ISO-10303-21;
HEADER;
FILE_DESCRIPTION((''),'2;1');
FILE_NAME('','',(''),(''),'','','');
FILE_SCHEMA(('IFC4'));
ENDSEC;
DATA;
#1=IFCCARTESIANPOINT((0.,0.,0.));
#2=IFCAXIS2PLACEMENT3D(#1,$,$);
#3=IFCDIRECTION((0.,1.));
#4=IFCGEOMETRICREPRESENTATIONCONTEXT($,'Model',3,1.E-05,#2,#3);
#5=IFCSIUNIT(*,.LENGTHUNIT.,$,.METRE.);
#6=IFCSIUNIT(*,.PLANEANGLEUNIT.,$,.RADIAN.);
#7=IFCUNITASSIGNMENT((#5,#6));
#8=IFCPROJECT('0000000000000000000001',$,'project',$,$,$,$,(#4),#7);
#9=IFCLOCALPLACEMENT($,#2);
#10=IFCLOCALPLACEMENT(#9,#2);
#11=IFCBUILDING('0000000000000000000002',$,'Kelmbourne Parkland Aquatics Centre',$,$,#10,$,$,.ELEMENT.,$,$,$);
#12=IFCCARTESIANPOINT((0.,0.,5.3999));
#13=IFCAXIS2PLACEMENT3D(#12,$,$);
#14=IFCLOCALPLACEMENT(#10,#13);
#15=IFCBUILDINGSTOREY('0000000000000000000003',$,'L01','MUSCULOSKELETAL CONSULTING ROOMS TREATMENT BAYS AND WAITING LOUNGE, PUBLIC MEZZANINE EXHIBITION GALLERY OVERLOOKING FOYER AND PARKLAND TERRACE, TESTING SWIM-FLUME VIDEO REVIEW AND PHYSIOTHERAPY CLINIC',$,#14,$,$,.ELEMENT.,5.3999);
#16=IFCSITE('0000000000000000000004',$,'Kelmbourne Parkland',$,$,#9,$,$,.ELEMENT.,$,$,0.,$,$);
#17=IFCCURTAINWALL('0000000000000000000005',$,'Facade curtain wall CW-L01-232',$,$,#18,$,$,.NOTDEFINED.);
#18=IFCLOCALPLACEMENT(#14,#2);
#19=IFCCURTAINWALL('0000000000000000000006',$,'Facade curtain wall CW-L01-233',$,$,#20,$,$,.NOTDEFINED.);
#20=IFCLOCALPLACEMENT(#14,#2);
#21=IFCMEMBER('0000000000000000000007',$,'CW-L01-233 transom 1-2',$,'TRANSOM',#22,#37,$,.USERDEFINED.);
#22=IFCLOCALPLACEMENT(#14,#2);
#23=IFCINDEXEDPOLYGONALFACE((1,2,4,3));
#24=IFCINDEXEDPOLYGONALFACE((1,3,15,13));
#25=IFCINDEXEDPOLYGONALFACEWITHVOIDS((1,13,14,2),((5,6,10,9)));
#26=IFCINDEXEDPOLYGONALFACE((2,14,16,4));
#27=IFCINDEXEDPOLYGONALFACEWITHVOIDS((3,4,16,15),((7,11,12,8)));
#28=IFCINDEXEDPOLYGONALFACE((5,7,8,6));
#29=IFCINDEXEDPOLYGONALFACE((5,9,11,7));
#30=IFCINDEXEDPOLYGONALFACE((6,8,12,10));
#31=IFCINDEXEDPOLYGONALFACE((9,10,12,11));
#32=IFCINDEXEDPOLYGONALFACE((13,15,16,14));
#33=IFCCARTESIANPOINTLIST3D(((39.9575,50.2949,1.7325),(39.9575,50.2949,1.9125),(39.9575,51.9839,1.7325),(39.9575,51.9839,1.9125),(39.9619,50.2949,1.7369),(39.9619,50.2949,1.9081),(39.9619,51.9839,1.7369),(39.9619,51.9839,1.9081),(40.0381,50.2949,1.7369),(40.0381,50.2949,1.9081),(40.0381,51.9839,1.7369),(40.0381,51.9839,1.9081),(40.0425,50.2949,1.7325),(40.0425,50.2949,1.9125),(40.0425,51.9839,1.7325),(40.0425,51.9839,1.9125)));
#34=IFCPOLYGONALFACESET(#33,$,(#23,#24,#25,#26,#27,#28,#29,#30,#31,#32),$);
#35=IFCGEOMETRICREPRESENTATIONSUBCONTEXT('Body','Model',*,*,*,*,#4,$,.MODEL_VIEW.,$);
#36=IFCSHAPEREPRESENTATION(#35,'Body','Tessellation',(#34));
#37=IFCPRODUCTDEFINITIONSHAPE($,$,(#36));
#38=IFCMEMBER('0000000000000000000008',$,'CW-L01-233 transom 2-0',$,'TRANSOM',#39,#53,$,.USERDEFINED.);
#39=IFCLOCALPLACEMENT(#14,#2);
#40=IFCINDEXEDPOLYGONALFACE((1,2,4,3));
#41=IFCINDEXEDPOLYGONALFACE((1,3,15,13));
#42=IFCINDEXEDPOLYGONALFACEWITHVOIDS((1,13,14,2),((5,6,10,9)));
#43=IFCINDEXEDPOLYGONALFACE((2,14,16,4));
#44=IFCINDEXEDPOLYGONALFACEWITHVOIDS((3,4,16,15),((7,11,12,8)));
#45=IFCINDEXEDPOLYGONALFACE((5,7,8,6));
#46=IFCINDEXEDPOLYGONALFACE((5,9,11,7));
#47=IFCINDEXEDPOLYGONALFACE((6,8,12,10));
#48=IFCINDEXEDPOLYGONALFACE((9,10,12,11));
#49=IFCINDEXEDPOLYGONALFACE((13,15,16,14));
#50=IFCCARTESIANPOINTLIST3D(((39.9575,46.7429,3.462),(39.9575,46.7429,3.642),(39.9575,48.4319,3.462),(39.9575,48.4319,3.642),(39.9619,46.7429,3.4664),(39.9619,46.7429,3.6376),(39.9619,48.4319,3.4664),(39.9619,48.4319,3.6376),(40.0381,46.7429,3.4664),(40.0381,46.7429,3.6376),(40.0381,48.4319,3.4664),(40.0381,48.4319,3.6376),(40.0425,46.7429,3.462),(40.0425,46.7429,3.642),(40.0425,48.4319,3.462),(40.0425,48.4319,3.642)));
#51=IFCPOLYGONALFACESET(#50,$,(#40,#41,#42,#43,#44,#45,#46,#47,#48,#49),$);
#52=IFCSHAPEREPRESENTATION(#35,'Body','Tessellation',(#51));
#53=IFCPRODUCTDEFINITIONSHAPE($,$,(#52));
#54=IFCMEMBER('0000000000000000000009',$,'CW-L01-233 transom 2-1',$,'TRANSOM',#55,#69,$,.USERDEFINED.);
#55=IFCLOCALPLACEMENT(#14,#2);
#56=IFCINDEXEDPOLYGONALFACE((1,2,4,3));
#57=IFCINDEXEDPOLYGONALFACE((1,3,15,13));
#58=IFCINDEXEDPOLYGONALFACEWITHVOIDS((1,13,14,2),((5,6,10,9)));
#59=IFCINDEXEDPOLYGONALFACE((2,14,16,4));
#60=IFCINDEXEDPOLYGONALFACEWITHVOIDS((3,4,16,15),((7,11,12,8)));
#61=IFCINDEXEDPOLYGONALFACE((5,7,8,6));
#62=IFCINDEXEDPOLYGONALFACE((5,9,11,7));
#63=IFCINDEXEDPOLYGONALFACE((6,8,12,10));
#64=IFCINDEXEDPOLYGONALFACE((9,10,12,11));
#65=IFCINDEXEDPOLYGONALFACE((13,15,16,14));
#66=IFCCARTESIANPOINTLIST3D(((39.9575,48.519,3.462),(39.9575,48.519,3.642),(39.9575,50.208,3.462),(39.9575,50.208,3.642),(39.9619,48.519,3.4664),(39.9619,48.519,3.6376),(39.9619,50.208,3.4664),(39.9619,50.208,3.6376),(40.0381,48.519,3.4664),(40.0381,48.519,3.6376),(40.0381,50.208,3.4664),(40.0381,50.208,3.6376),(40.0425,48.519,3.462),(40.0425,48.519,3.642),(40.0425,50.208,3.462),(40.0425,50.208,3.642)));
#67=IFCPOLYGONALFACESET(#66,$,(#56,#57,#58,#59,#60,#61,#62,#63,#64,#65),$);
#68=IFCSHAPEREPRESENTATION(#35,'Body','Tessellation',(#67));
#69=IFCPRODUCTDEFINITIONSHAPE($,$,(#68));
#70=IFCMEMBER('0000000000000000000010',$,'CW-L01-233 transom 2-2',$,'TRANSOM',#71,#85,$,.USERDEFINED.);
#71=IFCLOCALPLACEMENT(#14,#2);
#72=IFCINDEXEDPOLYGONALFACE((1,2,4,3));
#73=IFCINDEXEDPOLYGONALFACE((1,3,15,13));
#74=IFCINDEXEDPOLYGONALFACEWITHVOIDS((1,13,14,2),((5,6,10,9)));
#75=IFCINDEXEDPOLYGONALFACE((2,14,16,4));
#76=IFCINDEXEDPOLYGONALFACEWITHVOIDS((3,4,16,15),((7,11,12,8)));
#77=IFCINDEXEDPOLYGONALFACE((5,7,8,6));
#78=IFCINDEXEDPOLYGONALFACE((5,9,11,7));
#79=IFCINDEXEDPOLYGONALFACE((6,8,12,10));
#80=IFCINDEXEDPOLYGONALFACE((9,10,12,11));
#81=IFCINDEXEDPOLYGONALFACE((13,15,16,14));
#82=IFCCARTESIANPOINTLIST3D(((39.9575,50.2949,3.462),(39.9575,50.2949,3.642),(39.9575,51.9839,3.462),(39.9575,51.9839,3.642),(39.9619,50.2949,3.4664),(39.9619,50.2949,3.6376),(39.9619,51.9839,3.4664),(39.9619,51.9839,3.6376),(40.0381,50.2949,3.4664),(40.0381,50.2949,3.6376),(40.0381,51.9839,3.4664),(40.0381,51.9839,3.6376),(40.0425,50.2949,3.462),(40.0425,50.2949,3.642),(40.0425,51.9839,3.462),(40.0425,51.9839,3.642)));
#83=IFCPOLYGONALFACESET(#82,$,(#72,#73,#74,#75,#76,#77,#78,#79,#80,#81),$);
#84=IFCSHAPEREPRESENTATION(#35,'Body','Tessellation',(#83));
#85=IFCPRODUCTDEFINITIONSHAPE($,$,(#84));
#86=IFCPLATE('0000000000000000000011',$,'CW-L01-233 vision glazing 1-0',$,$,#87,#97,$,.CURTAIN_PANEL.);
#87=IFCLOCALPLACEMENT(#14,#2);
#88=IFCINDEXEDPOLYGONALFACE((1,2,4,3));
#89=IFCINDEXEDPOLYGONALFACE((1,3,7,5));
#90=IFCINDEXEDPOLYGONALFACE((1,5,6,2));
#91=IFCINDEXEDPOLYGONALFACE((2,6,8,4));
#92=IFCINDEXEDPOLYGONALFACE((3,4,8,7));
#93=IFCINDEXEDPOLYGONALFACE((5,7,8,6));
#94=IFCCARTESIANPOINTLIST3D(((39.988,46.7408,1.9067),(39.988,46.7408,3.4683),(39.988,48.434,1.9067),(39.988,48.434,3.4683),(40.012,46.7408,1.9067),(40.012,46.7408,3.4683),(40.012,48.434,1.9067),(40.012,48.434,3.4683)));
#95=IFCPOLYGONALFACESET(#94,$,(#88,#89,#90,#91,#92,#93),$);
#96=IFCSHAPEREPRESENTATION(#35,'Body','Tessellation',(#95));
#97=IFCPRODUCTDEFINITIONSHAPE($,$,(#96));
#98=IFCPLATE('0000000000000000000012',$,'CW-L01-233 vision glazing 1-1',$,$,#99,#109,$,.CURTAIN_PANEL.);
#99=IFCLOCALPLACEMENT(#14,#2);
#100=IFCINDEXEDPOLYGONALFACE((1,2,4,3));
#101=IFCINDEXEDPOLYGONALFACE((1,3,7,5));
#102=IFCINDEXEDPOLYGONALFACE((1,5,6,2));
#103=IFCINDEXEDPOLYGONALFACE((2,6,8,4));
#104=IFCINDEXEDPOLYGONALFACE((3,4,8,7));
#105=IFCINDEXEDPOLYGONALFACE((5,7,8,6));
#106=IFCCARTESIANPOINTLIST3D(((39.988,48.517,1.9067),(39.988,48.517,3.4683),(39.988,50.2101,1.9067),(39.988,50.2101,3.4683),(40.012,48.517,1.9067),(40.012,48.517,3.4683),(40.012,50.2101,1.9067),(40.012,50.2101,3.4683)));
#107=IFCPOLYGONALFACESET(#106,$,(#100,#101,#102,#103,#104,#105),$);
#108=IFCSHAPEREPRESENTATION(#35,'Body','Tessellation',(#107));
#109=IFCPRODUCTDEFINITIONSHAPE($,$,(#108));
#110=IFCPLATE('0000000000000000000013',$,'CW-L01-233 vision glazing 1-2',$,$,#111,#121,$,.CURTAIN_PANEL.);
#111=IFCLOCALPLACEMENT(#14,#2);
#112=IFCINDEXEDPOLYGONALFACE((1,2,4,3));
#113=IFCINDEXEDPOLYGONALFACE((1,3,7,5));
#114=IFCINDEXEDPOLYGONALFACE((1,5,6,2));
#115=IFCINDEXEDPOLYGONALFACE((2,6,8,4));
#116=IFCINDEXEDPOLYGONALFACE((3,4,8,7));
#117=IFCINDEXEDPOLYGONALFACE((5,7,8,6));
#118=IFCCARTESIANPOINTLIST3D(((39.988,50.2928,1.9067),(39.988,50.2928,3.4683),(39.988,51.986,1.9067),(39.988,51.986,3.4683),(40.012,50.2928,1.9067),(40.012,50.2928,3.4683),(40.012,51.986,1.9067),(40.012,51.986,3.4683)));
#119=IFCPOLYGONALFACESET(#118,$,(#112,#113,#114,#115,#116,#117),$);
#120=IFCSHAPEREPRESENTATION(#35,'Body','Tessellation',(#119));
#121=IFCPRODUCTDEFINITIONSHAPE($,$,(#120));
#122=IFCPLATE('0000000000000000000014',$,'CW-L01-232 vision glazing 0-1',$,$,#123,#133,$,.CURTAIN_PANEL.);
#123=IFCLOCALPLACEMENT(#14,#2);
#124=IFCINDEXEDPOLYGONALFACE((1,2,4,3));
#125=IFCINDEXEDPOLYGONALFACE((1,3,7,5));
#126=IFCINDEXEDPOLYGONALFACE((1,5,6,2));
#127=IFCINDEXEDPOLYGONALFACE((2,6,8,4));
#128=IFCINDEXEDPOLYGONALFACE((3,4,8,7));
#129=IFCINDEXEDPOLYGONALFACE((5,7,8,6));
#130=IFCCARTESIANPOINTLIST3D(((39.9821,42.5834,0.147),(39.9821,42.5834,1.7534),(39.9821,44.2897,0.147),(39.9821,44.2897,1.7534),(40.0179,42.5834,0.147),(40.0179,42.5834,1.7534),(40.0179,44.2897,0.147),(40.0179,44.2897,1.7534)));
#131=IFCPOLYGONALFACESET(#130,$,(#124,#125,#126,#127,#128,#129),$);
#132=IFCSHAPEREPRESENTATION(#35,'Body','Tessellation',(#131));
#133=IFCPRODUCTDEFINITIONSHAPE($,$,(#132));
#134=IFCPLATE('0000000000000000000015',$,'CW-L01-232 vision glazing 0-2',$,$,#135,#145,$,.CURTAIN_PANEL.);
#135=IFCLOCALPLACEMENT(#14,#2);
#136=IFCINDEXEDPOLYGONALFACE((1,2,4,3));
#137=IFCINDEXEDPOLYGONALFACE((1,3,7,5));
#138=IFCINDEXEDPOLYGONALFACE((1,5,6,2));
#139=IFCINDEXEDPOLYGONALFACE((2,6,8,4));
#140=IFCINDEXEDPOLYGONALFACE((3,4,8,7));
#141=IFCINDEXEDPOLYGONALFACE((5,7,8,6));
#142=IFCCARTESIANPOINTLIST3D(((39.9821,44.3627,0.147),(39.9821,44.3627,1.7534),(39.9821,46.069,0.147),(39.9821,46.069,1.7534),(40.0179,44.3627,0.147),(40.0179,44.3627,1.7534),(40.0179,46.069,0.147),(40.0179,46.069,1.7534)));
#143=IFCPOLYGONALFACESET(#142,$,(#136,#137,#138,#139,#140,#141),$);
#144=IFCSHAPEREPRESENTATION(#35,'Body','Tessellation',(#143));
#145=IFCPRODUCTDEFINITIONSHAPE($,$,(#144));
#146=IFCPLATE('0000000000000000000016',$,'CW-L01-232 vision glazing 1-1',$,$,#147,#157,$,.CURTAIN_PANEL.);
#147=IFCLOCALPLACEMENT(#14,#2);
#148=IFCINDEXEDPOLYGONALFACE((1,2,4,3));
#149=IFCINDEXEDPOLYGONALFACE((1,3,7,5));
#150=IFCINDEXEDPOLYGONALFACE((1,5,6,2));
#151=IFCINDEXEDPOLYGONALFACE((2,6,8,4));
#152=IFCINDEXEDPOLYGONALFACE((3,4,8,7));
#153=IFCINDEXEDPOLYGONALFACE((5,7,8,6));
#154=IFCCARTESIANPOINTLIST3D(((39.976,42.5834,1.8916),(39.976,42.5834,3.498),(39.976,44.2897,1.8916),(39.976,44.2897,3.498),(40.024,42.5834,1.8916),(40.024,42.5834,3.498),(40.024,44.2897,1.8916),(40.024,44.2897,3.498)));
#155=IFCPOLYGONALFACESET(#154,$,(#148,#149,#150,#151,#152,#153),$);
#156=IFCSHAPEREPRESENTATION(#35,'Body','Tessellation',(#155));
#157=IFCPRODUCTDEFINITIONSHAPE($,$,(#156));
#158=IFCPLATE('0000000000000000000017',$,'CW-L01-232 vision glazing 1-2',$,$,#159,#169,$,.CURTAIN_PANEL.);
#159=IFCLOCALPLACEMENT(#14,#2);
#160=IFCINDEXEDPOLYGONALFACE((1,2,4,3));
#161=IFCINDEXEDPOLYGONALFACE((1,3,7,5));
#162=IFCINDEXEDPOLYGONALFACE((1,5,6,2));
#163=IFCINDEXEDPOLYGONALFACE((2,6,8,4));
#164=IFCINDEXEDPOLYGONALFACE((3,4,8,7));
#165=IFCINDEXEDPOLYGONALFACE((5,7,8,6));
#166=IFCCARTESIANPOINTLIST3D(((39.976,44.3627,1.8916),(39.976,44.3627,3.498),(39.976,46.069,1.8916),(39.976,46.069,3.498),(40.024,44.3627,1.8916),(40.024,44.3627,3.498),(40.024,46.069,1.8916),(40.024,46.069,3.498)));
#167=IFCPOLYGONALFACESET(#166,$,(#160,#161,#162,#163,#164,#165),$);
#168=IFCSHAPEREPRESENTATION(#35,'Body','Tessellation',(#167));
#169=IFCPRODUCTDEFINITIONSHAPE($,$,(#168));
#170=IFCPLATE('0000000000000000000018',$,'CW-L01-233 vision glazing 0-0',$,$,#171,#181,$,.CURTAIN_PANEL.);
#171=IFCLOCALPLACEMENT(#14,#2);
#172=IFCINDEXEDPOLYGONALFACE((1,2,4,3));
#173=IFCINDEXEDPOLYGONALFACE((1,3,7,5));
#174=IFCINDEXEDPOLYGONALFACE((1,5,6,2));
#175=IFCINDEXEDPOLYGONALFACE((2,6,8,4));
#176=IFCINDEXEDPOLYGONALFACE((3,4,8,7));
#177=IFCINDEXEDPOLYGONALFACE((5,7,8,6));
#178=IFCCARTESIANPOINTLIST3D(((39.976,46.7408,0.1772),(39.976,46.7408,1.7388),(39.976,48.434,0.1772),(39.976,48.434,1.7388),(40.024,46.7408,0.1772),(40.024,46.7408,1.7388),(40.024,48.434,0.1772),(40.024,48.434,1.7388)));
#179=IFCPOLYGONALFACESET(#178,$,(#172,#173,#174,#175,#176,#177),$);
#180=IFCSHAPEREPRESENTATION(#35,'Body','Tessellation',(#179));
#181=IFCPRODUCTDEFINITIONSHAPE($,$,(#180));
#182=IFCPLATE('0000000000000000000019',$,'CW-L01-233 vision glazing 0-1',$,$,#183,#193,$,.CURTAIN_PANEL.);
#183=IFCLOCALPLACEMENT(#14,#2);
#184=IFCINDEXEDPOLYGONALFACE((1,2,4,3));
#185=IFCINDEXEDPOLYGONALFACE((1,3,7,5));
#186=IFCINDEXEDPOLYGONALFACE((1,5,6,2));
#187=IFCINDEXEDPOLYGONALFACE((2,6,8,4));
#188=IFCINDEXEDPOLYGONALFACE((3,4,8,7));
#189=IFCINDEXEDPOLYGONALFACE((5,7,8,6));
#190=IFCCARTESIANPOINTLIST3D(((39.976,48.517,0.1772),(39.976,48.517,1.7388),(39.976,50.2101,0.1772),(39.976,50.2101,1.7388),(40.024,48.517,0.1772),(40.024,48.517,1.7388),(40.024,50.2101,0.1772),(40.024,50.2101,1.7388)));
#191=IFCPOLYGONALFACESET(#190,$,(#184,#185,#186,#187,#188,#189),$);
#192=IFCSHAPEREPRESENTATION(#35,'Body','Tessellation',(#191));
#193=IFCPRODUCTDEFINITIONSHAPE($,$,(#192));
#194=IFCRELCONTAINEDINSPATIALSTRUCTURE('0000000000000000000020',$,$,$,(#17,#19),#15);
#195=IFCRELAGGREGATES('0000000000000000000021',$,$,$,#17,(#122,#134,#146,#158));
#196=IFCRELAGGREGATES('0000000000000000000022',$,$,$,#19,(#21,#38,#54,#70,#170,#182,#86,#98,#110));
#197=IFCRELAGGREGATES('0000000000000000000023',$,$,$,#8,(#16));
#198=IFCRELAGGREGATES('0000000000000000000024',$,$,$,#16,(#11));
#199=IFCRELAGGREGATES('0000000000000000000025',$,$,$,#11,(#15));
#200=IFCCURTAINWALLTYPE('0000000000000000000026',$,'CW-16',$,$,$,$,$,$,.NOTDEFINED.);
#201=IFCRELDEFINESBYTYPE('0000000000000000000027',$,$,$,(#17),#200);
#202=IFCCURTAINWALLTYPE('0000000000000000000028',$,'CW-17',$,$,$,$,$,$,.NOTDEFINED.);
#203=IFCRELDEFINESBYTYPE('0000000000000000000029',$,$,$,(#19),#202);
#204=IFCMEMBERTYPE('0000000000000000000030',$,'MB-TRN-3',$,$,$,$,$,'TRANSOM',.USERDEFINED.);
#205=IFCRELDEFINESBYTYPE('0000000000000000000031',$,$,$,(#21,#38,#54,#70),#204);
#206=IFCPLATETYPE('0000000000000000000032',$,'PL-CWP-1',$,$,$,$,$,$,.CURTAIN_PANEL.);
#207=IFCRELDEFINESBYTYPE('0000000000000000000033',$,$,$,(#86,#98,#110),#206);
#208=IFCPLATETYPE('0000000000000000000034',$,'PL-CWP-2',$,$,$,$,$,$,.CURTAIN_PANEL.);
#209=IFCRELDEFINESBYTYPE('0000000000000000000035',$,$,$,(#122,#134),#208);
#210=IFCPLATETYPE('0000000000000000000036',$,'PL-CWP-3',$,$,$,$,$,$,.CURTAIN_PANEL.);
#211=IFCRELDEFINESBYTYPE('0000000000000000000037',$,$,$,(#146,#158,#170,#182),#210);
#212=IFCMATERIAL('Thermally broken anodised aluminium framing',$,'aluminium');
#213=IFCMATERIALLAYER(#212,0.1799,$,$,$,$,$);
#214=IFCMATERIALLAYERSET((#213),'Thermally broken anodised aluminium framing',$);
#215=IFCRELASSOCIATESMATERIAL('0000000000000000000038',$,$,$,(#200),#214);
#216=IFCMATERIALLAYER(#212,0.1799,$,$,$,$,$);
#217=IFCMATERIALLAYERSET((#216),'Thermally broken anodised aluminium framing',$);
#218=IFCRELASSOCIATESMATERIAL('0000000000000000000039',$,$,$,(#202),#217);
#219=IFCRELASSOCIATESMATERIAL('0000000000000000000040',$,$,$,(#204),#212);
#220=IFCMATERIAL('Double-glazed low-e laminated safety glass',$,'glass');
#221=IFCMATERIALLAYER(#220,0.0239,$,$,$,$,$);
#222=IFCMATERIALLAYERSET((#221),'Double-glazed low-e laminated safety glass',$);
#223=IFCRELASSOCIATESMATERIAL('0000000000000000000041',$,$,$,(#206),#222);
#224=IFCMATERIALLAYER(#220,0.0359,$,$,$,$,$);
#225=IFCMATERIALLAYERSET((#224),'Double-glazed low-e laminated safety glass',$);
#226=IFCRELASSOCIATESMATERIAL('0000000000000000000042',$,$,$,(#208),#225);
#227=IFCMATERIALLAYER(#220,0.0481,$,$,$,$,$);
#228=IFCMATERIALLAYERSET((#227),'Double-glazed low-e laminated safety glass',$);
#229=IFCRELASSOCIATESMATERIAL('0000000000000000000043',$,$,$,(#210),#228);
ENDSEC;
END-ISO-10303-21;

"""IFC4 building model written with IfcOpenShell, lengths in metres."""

from ifc_helpers import new_model, si_unit, direction, frame, origin, origin_2d, place, context, subcontext, project, spatial, rectangle, hollow_rectangle, extrude, material, layer, layer_set, material_profile, profile_set, type_object, element, aggregate, save


model = new_model("IFC4")

# Units and contexts
model_context = context("Model", 3, precision=1e-05, world=origin(), true_north=direction((0.0, 1.0)))
body_context = subcontext(model_context, "Body", "Model", "MODEL_VIEW")
ifc_project = project(units=[si_unit("LENGTHUNIT", "METRE"), si_unit("PLANEANGLEUNIT", "RADIAN")], contexts=[model_context])

# Site, building, storey
site_placement = place(None, origin())
site = spatial("IfcSite", under=ifc_project, at=site_placement, Name="Kelmbourne Parkland", CompositionType="ELEMENT", RefElevation=0.0)
building_placement = place(site_placement, origin())
building = spatial("IfcBuilding", under=site, at=building_placement, Name="Kelmbourne Parkland Aquatics Centre", CompositionType="ELEMENT")
storey_placement = place(building_placement, frame((0.0, 0.0, 5.3999)))
storey = spatial("IfcBuildingStorey", under=building, at=storey_placement, Name="L01", Description="MUSCULOSKELETAL CONSULTING ROOMS TREATMENT BAYS AND WAITING LOUNGE, PUBLIC MEZZANINE EXHIBITION GALLERY OVERLOOKING FOYER AND PARKLAND TERRACE, TESTING SWIM-FLUME VIDEO REVIEW AND PHYSIOTHERAPY CLINIC", CompositionType="ELEMENT", Elevation=5.3999)

# Curtain walls
ifc_material_1 = material(Name="Thermally broken anodised aluminium framing", Category="aluminium")
ifc_layer_1 = layer(ifc_material_1, 0.1799)
ifc_layer_set_1 = layer_set([ifc_layer_1], Name="Thermally broken anodised aluminium framing")
curtain_wall_type_1 = type_object("IfcCurtainWallType", Name="CW-16", PredefinedType="NOTDEFINED", material=ifc_layer_set_1)
curtain_wall_1_placement = place(storey_placement, origin())
curtain_wall_1 = element("IfcCurtainWall", 1, at=curtain_wall_1_placement, inside=storey, type_object=curtain_wall_type_1, Name="Facade curtain wall CW-L01-232", PredefinedType="NOTDEFINED")
ifc_layer_2 = layer(ifc_material_1, 0.1799)
ifc_layer_set_2 = layer_set([ifc_layer_2], Name="Thermally broken anodised aluminium framing")
curtain_wall_type_2 = type_object("IfcCurtainWallType", Name="CW-17", PredefinedType="NOTDEFINED", material=ifc_layer_set_2)
curtain_wall_2_placement = place(storey_placement, origin())
curtain_wall_2 = element("IfcCurtainWall", 2, at=curtain_wall_2_placement, inside=storey, type_object=curtain_wall_type_2, Name="Facade curtain wall CW-L01-233", PredefinedType="NOTDEFINED")

# Members
ifc_material_profile_1 = material_profile(ifc_material_1, hollow_rectangle(XDim=0.085, YDim=0.1799, WallThickness=0.0044, at=origin_2d()), Name="CW-T 85x180")
ifc_profile_set_1 = profile_set([ifc_material_profile_1], Name="Thermally broken anodised aluminium framing")
member_type_1 = type_object("IfcMemberType", Name="MB-TRN-3", ElementType="TRANSOM", PredefinedType="USERDEFINED", material=ifc_profile_set_1)
member_1_placement = place(storey_placement, frame((40.0, 50.2949, 1.8225), z_axis=(0.0, 1.0, 0.0), x_axis=(-1.0, 0.0, 0.0)))
member_1 = element("IfcMember", 3, at=member_1_placement, type_object=member_type_1, Name="CW-L01-233 transom 1-2", ObjectType="TRANSOM", PredefinedType="USERDEFINED", context=body_context, shape_type="SweptSolid", body=[
    extrude(hollow_rectangle(XDim=0.085, YDim=0.1799, WallThickness=0.0044, at=origin_2d()), origin(), (0.0, 0.0, 1.0), 1.689),
])
member_2_placement = place(storey_placement, frame((40.0, 46.7429, 3.552), z_axis=(0.0, 1.0, 0.0), x_axis=(-1.0, 0.0, 0.0)))
member_2 = element("IfcMember", 4, at=member_2_placement, type_object=member_type_1, Name="CW-L01-233 transom 2-0", ObjectType="TRANSOM", PredefinedType="USERDEFINED", context=body_context, shape_type="SweptSolid", body=[
    extrude(hollow_rectangle(XDim=0.085, YDim=0.1799, WallThickness=0.0044, at=origin_2d()), origin(), (0.0, 0.0, 1.0), 1.689),
])
member_3_placement = place(storey_placement, frame((40.0, 48.519, 3.552), z_axis=(0.0, 1.0, 0.0), x_axis=(-1.0, 0.0, 0.0)))
member_3 = element("IfcMember", 5, at=member_3_placement, type_object=member_type_1, Name="CW-L01-233 transom 2-1", ObjectType="TRANSOM", PredefinedType="USERDEFINED", context=body_context, shape_type="SweptSolid", body=[
    extrude(hollow_rectangle(XDim=0.085, YDim=0.1799, WallThickness=0.0044, at=origin_2d()), origin(), (0.0, 0.0, 1.0), 1.689),
])
member_4_placement = place(storey_placement, frame((40.0, 50.2949, 3.552), z_axis=(0.0, 1.0, 0.0), x_axis=(-1.0, 0.0, 0.0)))
member_4 = element("IfcMember", 6, at=member_4_placement, type_object=member_type_1, Name="CW-L01-233 transom 2-2", ObjectType="TRANSOM", PredefinedType="USERDEFINED", context=body_context, shape_type="SweptSolid", body=[
    extrude(hollow_rectangle(XDim=0.085, YDim=0.1799, WallThickness=0.0044, at=origin_2d()), origin(), (0.0, 0.0, 1.0), 1.689),
])

# Plates
ifc_material_2 = material(Name="Double-glazed low-e laminated safety glass", Category="glass")
ifc_layer_3 = layer(ifc_material_2, 0.0239)
ifc_layer_set_3 = layer_set([ifc_layer_3], Name="Double-glazed low-e laminated safety glass")
plate_type_1 = type_object("IfcPlateType", Name="PL-CWP-1", PredefinedType="CURTAIN_PANEL", material=ifc_layer_set_3)
plate_1_placement = place(storey_placement, frame((40.0, 47.5874, 1.9067), z_axis=(0.0, 0.0, 1.0), x_axis=(0.0, 1.0, 0.0)))
plate_1 = element("IfcPlate", 7, at=plate_1_placement, type_object=plate_type_1, Name="CW-L01-233 vision glazing 1-0", PredefinedType="CURTAIN_PANEL", context=body_context, shape_type="SweptSolid", body=[
    extrude(rectangle(XDim=1.6931, YDim=0.0239, at=origin_2d()), origin(), (0.0, 0.0, 1.0), 1.5615),
])
plate_2_placement = place(storey_placement, frame((40.0, 49.3635, 1.9067), z_axis=(0.0, 0.0, 1.0), x_axis=(0.0, 1.0, 0.0)))
plate_2 = element("IfcPlate", 8, at=plate_2_placement, type_object=plate_type_1, Name="CW-L01-233 vision glazing 1-1", PredefinedType="CURTAIN_PANEL", context=body_context, shape_type="SweptSolid", body=[
    extrude(rectangle(XDim=1.6931, YDim=0.0239, at=origin_2d()), origin(), (0.0, 0.0, 1.0), 1.5615),
])
plate_3_placement = place(storey_placement, frame((40.0, 51.1394, 1.9067), z_axis=(0.0, 0.0, 1.0), x_axis=(0.0, 1.0, 0.0)))
plate_3 = element("IfcPlate", 9, at=plate_3_placement, type_object=plate_type_1, Name="CW-L01-233 vision glazing 1-2", PredefinedType="CURTAIN_PANEL", context=body_context, shape_type="SweptSolid", body=[
    extrude(rectangle(XDim=1.6931, YDim=0.0239, at=origin_2d()), origin(), (0.0, 0.0, 1.0), 1.5615),
])
ifc_layer_4 = layer(ifc_material_2, 0.0359)
ifc_layer_set_4 = layer_set([ifc_layer_4], Name="Double-glazed low-e laminated safety glass")
plate_type_2 = type_object("IfcPlateType", Name="PL-CWP-2", PredefinedType="CURTAIN_PANEL", material=ifc_layer_set_4)
plate_4_placement = place(storey_placement, frame((40.0, 43.4365, 0.147), z_axis=(0.0, 0.0, 1.0), x_axis=(0.0, 1.0, 0.0)))
plate_4 = element("IfcPlate", 10, at=plate_4_placement, type_object=plate_type_2, Name="CW-L01-232 vision glazing 0-1", PredefinedType="CURTAIN_PANEL", context=body_context, shape_type="SweptSolid", body=[
    extrude(rectangle(XDim=1.7063, YDim=0.0359, at=origin_2d()), origin(), (0.0, 0.0, 1.0), 1.6064),
])
plate_5_placement = place(storey_placement, frame((40.0, 45.2158, 0.147), z_axis=(0.0, 0.0, 1.0), x_axis=(0.0, 1.0, 0.0)))
plate_5 = element("IfcPlate", 11, at=plate_5_placement, type_object=plate_type_2, Name="CW-L01-232 vision glazing 0-2", PredefinedType="CURTAIN_PANEL", context=body_context, shape_type="SweptSolid", body=[
    extrude(rectangle(XDim=1.7063, YDim=0.0359, at=origin_2d()), origin(), (0.0, 0.0, 1.0), 1.6064),
])
ifc_layer_5 = layer(ifc_material_2, 0.0481)
ifc_layer_set_5 = layer_set([ifc_layer_5], Name="Double-glazed low-e laminated safety glass")
plate_type_3 = type_object("IfcPlateType", Name="PL-CWP-3", PredefinedType="CURTAIN_PANEL", material=ifc_layer_set_5)
plate_6_placement = place(storey_placement, frame((40.0, 43.4365, 1.8916), z_axis=(0.0, 0.0, 1.0), x_axis=(0.0, 1.0, 0.0)))
plate_6 = element("IfcPlate", 12, at=plate_6_placement, type_object=plate_type_3, Name="CW-L01-232 vision glazing 1-1", PredefinedType="CURTAIN_PANEL", context=body_context, shape_type="SweptSolid", body=[
    extrude(rectangle(XDim=1.7063, YDim=0.0481, at=origin_2d()), origin(), (0.0, 0.0, 1.0), 1.6064),
])
plate_7_placement = place(storey_placement, frame((40.0, 45.2158, 1.8916), z_axis=(0.0, 0.0, 1.0), x_axis=(0.0, 1.0, 0.0)))
plate_7 = element("IfcPlate", 13, at=plate_7_placement, type_object=plate_type_3, Name="CW-L01-232 vision glazing 1-2", PredefinedType="CURTAIN_PANEL", context=body_context, shape_type="SweptSolid", body=[
    extrude(rectangle(XDim=1.7063, YDim=0.0481, at=origin_2d()), origin(), (0.0, 0.0, 1.0), 1.6064),
])
aggregate(curtain_wall_1, [plate_4, plate_5, plate_6, plate_7])
plate_8_placement = place(storey_placement, frame((40.0, 47.5874, 0.1772), z_axis=(0.0, 0.0, 1.0), x_axis=(0.0, 1.0, 0.0)))
plate_8 = element("IfcPlate", 14, at=plate_8_placement, type_object=plate_type_3, Name="CW-L01-233 vision glazing 0-0", PredefinedType="CURTAIN_PANEL", context=body_context, shape_type="SweptSolid", body=[
    extrude(rectangle(XDim=1.6931, YDim=0.0481, at=origin_2d()), origin(), (0.0, 0.0, 1.0), 1.5615),
])
plate_9_placement = place(storey_placement, frame((40.0, 49.3635, 0.1772), z_axis=(0.0, 0.0, 1.0), x_axis=(0.0, 1.0, 0.0)))
plate_9 = element("IfcPlate", 15, at=plate_9_placement, type_object=plate_type_3, Name="CW-L01-233 vision glazing 0-1", PredefinedType="CURTAIN_PANEL", context=body_context, shape_type="SweptSolid", body=[
    extrude(rectangle(XDim=1.6931, YDim=0.0481, at=origin_2d()), origin(), (0.0, 0.0, 1.0), 1.5615),
])
aggregate(curtain_wall_2, [member_1, member_2, member_3, member_4, plate_8, plate_9, plate_1, plate_2, plate_3])

save(model, "model.ifc")
